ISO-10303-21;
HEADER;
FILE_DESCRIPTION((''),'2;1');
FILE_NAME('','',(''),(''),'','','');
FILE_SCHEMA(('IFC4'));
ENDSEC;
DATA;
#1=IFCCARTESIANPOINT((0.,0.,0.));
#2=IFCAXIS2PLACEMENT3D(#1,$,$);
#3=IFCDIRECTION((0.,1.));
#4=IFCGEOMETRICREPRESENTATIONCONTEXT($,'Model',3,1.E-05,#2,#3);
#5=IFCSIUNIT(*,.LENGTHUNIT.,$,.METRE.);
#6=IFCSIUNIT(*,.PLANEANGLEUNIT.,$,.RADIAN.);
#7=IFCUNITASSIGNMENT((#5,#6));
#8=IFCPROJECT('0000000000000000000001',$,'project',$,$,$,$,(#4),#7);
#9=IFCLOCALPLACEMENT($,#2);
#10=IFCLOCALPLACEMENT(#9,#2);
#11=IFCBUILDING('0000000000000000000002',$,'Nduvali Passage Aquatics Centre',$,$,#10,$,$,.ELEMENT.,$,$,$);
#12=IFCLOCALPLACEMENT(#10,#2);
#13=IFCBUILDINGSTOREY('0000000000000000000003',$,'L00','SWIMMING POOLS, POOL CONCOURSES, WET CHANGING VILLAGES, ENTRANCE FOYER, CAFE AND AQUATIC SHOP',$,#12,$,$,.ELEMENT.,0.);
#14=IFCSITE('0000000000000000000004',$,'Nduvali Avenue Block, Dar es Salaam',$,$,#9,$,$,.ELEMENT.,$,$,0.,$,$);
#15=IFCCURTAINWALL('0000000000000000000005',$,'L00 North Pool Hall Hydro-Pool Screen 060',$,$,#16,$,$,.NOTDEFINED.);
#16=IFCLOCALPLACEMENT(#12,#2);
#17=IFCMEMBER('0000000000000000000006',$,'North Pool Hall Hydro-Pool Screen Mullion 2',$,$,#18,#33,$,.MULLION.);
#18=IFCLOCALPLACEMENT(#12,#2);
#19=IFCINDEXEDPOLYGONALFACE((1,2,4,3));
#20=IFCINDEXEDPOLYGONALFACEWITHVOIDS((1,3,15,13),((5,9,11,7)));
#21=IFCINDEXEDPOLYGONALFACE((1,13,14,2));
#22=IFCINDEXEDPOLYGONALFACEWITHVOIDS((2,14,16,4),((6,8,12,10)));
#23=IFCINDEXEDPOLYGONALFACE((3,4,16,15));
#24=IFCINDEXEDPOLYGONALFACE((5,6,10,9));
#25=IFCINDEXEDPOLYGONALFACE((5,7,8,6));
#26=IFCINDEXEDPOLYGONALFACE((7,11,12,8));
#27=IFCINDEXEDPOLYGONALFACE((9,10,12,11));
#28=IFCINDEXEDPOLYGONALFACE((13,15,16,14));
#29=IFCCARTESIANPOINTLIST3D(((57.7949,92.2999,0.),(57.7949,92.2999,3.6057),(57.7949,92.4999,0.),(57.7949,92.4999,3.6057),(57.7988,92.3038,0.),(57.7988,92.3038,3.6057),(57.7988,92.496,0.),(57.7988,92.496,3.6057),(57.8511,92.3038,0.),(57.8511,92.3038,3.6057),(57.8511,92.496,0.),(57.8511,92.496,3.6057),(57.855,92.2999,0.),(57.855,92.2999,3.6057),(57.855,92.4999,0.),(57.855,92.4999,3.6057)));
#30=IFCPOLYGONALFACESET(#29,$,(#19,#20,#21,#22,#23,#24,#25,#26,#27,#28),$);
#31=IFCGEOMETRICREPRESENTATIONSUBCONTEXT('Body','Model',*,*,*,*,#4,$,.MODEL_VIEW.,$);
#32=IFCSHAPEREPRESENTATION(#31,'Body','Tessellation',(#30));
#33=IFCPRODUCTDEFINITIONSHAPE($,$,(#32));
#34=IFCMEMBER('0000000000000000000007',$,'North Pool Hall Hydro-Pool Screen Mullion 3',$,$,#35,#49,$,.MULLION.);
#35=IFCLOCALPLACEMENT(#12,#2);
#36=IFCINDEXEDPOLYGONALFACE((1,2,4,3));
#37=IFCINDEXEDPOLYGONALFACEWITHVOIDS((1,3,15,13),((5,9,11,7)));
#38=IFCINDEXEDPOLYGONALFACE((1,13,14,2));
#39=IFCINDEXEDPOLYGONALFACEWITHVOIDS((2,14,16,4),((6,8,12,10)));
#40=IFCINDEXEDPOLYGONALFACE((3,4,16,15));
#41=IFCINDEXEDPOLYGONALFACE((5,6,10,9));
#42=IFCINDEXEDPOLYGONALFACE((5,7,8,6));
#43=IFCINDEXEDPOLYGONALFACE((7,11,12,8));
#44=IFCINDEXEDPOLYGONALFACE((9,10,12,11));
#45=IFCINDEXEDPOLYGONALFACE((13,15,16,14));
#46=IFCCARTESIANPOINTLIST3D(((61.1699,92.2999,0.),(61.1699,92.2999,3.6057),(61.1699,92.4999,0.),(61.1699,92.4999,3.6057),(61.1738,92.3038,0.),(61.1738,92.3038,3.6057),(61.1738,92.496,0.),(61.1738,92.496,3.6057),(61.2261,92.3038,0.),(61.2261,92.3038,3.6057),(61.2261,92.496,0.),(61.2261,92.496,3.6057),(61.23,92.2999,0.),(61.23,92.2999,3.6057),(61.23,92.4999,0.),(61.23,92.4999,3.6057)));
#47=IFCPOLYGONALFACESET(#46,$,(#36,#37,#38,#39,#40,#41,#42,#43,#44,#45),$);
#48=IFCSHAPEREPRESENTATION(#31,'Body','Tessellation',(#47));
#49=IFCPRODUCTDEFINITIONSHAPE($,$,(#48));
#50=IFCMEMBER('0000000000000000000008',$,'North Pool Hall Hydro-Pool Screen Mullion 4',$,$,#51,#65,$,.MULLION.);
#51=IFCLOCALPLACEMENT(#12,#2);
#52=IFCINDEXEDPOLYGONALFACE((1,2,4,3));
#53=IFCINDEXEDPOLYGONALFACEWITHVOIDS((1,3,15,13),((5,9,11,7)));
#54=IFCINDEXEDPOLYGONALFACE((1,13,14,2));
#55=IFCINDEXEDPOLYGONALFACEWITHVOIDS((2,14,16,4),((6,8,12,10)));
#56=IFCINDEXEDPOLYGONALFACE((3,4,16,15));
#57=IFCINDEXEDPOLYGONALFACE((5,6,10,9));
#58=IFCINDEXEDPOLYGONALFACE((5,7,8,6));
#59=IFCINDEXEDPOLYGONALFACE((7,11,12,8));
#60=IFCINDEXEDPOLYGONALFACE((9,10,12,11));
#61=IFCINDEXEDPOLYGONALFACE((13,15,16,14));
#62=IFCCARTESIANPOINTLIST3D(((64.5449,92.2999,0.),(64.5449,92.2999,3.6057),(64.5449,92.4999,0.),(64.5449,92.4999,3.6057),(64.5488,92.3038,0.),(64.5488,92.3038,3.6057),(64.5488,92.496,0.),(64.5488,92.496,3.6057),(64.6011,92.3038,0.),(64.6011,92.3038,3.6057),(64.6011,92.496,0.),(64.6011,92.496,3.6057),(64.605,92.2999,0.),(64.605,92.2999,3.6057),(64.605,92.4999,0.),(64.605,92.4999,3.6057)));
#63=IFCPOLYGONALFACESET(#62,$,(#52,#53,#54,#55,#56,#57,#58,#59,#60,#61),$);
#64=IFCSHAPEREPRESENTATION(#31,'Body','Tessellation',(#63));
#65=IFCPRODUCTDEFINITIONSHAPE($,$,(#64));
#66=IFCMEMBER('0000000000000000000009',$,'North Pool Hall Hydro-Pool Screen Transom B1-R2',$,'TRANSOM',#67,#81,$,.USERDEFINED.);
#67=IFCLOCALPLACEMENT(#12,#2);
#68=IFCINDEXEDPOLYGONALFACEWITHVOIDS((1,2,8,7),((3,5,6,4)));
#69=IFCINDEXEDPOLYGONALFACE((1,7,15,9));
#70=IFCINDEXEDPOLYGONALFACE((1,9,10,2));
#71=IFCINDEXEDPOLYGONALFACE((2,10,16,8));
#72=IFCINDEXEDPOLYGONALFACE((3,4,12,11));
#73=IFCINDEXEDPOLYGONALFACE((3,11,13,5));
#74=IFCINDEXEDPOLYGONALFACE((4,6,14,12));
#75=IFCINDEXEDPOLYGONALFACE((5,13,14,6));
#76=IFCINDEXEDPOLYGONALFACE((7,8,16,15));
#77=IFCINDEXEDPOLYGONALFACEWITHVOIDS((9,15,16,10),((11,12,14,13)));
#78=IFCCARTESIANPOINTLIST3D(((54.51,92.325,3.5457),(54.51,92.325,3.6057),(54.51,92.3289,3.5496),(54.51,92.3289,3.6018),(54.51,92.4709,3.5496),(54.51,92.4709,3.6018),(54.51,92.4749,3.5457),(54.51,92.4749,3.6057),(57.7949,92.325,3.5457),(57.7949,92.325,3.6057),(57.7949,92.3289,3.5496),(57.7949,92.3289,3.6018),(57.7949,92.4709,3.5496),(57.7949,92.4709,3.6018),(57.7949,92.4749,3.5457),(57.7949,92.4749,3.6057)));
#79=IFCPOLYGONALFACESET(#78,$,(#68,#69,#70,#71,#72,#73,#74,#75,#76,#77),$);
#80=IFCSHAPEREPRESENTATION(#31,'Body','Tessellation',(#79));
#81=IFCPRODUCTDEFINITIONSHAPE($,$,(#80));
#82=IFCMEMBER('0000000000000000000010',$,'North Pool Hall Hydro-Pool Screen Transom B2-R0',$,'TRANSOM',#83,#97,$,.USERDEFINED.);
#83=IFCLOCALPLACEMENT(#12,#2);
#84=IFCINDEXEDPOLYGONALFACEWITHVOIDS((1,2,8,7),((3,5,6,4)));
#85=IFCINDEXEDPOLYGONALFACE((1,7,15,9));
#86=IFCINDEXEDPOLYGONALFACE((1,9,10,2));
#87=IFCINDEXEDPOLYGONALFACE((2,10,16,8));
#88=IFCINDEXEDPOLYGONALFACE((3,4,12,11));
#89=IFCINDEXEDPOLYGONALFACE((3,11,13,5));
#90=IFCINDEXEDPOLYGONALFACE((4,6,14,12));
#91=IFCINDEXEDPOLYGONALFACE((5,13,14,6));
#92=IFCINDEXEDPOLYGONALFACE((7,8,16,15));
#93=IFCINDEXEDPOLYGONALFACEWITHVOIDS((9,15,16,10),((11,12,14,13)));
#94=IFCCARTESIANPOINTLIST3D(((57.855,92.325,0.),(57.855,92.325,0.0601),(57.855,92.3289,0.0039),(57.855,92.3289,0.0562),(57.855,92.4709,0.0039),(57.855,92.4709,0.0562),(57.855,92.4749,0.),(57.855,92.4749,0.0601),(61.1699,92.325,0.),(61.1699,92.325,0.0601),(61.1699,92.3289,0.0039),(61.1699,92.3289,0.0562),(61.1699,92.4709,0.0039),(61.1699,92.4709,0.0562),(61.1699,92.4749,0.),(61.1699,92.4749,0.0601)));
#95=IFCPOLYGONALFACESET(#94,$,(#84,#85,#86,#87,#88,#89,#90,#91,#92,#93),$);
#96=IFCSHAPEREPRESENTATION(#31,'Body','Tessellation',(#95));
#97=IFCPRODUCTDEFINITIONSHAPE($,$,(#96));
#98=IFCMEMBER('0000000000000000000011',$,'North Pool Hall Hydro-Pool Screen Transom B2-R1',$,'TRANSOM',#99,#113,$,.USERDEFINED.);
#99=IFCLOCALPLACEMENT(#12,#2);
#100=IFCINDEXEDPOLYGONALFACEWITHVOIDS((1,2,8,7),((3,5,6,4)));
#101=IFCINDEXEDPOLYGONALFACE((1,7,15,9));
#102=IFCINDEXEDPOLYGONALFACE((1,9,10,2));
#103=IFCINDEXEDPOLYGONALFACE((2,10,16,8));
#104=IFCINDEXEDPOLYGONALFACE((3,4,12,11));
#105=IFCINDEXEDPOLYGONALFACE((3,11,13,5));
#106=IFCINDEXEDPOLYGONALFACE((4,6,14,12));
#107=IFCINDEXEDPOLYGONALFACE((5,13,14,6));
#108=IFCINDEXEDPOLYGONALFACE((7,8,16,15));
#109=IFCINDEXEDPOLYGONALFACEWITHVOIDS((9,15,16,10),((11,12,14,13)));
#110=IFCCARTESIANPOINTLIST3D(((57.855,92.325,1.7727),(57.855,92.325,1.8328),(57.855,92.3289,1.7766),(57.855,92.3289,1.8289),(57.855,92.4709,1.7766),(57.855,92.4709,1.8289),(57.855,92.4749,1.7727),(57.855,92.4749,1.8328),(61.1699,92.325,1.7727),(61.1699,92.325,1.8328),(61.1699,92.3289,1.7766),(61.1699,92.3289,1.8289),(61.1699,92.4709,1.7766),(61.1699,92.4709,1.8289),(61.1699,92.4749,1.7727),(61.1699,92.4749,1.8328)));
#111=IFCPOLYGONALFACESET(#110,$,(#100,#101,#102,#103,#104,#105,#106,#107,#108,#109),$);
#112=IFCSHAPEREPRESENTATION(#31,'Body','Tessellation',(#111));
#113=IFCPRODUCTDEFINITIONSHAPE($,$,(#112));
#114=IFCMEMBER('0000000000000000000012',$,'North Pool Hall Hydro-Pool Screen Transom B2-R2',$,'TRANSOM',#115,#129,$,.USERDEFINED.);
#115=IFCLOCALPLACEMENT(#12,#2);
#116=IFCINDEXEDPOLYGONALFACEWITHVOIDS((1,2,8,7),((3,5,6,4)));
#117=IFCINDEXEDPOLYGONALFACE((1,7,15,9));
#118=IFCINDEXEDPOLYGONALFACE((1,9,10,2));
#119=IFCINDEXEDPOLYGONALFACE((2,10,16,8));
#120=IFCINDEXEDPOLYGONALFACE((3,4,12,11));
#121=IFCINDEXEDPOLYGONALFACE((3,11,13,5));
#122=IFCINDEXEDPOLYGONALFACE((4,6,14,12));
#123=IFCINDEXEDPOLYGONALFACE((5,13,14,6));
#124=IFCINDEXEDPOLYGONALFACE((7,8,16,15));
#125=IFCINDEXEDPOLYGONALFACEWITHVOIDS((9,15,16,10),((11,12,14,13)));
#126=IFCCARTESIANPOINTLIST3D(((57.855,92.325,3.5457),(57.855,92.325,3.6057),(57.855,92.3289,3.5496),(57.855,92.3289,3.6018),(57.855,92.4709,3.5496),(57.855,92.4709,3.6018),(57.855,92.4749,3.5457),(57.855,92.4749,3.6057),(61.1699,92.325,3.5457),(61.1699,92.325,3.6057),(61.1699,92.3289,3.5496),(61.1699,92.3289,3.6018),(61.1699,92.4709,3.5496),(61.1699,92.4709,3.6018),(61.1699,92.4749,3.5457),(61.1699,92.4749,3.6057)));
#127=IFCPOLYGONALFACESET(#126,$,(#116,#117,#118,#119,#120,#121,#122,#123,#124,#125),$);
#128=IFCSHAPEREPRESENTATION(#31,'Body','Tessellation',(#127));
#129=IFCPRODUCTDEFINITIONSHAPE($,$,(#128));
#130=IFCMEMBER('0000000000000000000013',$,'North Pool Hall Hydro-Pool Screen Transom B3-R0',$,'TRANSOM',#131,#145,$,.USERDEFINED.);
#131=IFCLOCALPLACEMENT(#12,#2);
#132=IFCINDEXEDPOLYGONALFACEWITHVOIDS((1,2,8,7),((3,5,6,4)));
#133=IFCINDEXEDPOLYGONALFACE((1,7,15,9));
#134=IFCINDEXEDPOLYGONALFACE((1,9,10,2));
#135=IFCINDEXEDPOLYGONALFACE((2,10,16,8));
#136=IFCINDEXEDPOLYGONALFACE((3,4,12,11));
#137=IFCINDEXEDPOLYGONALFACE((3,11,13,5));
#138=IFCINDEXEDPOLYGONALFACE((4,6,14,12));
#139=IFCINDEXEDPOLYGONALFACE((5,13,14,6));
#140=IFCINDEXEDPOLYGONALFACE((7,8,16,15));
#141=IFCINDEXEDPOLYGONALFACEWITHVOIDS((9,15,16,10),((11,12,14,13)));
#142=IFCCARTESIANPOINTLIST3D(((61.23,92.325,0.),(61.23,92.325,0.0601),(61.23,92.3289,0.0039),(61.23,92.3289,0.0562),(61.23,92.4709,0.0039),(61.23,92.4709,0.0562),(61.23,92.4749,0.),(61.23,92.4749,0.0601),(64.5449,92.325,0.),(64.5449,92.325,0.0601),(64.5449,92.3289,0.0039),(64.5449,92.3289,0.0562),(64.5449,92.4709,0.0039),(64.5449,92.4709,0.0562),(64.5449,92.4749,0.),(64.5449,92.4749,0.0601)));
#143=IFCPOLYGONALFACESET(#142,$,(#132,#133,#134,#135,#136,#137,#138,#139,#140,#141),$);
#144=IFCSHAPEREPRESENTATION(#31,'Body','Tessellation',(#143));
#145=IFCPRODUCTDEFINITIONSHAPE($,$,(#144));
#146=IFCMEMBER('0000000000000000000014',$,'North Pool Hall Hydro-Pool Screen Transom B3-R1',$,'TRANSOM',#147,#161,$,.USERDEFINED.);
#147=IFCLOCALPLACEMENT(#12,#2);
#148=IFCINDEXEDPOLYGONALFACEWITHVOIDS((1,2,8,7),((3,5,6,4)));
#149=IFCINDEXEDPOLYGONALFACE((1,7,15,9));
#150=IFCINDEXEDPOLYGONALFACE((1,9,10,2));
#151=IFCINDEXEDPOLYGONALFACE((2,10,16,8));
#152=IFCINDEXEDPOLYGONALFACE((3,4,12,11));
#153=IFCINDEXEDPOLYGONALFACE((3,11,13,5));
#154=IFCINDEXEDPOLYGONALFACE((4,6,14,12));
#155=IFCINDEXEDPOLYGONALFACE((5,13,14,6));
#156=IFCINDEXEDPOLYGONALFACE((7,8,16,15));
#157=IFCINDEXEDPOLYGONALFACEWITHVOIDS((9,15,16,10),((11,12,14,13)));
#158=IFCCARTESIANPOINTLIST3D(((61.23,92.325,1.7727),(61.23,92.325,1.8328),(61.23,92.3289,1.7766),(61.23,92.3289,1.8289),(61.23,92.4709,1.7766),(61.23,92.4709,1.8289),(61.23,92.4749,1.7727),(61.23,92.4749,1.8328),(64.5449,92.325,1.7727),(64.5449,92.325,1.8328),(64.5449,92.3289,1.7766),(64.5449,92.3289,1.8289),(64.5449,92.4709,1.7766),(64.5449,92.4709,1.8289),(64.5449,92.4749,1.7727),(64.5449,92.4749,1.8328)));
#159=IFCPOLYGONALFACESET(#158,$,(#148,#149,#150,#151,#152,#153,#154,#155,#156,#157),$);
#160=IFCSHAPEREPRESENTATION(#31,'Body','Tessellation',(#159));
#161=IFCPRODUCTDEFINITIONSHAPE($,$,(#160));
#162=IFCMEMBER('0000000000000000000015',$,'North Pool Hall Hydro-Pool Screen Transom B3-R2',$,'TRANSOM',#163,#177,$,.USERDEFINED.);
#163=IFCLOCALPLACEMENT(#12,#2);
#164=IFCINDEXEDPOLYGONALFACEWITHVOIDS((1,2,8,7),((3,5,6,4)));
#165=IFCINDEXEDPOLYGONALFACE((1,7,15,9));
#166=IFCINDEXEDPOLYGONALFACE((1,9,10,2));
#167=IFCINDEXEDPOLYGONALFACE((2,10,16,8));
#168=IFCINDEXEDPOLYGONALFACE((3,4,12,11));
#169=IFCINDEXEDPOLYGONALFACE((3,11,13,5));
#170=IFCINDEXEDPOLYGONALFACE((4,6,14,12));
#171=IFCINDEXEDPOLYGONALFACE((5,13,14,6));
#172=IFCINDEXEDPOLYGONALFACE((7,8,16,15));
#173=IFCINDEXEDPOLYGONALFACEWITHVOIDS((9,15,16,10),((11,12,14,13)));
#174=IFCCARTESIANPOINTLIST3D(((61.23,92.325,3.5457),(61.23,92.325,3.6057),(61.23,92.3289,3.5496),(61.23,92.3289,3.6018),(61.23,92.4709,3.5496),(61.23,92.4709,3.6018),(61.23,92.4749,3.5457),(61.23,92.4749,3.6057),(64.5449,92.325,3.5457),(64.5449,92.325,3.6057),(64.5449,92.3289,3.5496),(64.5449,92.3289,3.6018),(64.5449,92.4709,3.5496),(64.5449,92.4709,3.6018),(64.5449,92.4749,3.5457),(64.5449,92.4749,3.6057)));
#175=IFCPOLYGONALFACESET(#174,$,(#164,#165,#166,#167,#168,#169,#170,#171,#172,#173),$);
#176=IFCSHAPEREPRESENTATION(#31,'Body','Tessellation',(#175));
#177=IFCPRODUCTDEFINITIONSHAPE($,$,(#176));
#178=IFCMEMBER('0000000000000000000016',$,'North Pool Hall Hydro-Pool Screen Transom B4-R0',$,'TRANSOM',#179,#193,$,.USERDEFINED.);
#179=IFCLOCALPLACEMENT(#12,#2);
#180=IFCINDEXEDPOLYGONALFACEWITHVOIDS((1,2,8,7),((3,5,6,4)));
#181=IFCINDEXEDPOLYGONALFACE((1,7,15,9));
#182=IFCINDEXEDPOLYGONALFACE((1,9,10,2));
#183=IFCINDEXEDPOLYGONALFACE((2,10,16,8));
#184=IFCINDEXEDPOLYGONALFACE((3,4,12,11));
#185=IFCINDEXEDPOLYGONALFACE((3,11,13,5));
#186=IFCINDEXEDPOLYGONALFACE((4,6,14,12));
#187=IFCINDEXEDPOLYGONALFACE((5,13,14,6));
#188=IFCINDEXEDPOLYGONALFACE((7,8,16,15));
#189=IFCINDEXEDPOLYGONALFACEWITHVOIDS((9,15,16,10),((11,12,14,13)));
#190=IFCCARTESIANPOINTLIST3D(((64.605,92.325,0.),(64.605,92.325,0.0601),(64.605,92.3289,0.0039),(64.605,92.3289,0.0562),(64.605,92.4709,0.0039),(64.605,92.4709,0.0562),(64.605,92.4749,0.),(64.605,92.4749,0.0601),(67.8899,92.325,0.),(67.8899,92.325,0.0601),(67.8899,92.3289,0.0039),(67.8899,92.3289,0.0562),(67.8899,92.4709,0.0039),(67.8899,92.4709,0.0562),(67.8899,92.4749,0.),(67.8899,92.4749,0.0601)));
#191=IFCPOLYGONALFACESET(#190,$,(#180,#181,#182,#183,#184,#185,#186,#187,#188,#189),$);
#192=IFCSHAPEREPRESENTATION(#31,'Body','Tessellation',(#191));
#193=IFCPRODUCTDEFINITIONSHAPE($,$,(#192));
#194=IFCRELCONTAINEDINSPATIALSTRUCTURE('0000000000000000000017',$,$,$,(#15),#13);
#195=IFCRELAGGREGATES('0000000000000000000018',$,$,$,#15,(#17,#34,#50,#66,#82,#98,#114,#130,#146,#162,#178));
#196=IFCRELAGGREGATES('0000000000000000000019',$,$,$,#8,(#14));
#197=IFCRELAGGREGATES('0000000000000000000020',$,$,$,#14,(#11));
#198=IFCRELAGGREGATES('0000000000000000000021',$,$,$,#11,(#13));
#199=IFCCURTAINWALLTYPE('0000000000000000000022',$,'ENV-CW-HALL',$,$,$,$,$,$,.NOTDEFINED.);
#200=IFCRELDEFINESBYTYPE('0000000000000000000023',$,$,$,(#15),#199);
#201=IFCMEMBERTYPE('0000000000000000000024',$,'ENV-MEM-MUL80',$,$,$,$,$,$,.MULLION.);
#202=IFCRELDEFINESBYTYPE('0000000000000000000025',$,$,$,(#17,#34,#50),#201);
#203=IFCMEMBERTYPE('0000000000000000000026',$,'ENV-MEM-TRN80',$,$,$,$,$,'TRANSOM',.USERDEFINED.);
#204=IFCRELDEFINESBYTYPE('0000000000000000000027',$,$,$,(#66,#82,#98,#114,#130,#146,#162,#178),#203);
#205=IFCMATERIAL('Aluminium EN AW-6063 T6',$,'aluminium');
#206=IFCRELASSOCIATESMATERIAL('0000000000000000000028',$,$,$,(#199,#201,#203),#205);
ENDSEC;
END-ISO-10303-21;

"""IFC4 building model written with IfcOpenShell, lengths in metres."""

from ifc_helpers import new_model, si_unit, direction, frame, origin, origin_2d, place, context, subcontext, project, spatial, hollow_rectangle, extrude, material, material_profile, profile_set, type_object, element, aggregate, save


model = new_model("IFC4")

# Units and contexts
model_context = context("Model", 3, precision=1e-05, world=origin(), true_north=direction((0.0, 1.0)))
body_context = subcontext(model_context, "Body", "Model", "MODEL_VIEW")
ifc_project = project(units=[si_unit("LENGTHUNIT", "METRE"), si_unit("PLANEANGLEUNIT", "RADIAN")], contexts=[model_context])

# Site, building, storey
site_placement = place(None, origin())
site = spatial("IfcSite", under=ifc_project, at=site_placement, Name="Nduvali Avenue Block, Dar es Salaam", CompositionType="ELEMENT", RefElevation=0.0)
building_placement = place(site_placement, origin())
building = spatial("IfcBuilding", under=site, at=building_placement, Name="Nduvali Passage Aquatics Centre", CompositionType="ELEMENT")
storey_placement = place(building_placement, origin())
storey = spatial("IfcBuildingStorey", under=building, at=storey_placement, Name="L00", Description="SWIMMING POOLS, POOL CONCOURSES, WET CHANGING VILLAGES, ENTRANCE FOYER, CAFE AND AQUATIC SHOP", CompositionType="ELEMENT", Elevation=0.0)

# Curtain wall, members
ifc_material_1 = material(Name="Aluminium EN AW-6063 T6", Category="aluminium")
curtain_wall_type = type_object("IfcCurtainWallType", Name="ENV-CW-HALL", PredefinedType="NOTDEFINED", material=ifc_material_1)
curtain_wall_placement = place(storey_placement, origin())
curtain_wall = element("IfcCurtainWall", 1, at=curtain_wall_placement, inside=storey, type_object=curtain_wall_type, Name="L00 North Pool Hall Hydro-Pool Screen 060", PredefinedType="NOTDEFINED")
ifc_material_profile_1 = material_profile(ifc_material_1, hollow_rectangle(XDim=0.0601, YDim=0.2, WallThickness=0.0039, at=origin_2d()), Name="ALU MULLION 60x200x4")
ifc_profile_set_1 = profile_set([ifc_material_profile_1], Name="Aluminium EN AW-6063 T6")
member_type_1 = type_object("IfcMemberType", Name="ENV-MEM-MUL80", PredefinedType="MULLION", material=ifc_profile_set_1)
member_1_placement = place(storey_placement, frame((57.825, 92.3999, 0.0), z_axis=(0.0, 0.0, 1.0), x_axis=(1.0, 0.0, 0.0)))
member_1 = element("IfcMember", 2, at=member_1_placement, type_object=member_type_1, Name="North Pool Hall Hydro-Pool Screen Mullion 2", PredefinedType="MULLION", context=body_context, shape_type="SweptSolid", body=[
    extrude(hollow_rectangle(XDim=0.0601, YDim=0.2, WallThickness=0.0039, at=origin_2d()), origin(), (0.0, 0.0, 1.0), 3.6057),
])
member_2_placement = place(storey_placement, frame((61.2, 92.3999, 0.0), z_axis=(0.0, 0.0, 1.0), x_axis=(1.0, 0.0, 0.0)))
member_2 = element("IfcMember", 3, at=member_2_placement, type_object=member_type_1, Name="North Pool Hall Hydro-Pool Screen Mullion 3", PredefinedType="MULLION", context=body_context, shape_type="SweptSolid", body=[
    extrude(hollow_rectangle(XDim=0.0601, YDim=0.2, WallThickness=0.0039, at=origin_2d()), origin(), (0.0, 0.0, 1.0), 3.6057),
])
member_3_placement = place(storey_placement, frame((64.575, 92.3999, 0.0), z_axis=(0.0, 0.0, 1.0), x_axis=(1.0, 0.0, 0.0)))
member_3 = element("IfcMember", 4, at=member_3_placement, type_object=member_type_1, Name="North Pool Hall Hydro-Pool Screen Mullion 4", PredefinedType="MULLION", context=body_context, shape_type="SweptSolid", body=[
    extrude(hollow_rectangle(XDim=0.0601, YDim=0.2, WallThickness=0.0039, at=origin_2d()), origin(), (0.0, 0.0, 1.0), 3.6057),
])
ifc_material_profile_2 = material_profile(ifc_material_1, hollow_rectangle(XDim=0.1499, YDim=0.0601, WallThickness=0.0039, at=origin_2d()), Name="ALU TRANSOM 150x60x4")
ifc_profile_set_2 = profile_set([ifc_material_profile_2], Name="Aluminium EN AW-6063 T6")
member_type_2 = type_object("IfcMemberType", Name="ENV-MEM-TRN80", ElementType="TRANSOM", PredefinedType="USERDEFINED", material=ifc_profile_set_2)
member_4_placement = place(storey_placement, frame((54.51, 92.3999, 3.5757), z_axis=(1.0, 0.0, 0.0), x_axis=(0.0, 1.0, 0.0)))
member_4 = element("IfcMember", 5, at=member_4_placement, type_object=member_type_2, Name="North Pool Hall Hydro-Pool Screen Transom B1-R2", ObjectType="TRANSOM", PredefinedType="USERDEFINED", context=body_context, shape_type="SweptSolid", body=[
    extrude(hollow_rectangle(XDim=0.1499, YDim=0.0601, WallThickness=0.0039, at=origin_2d()), origin(), (0.0, 0.0, 1.0), 3.2849),
])
member_5_placement = place(storey_placement, frame((57.855, 92.3999, 0.03), z_axis=(1.0, 0.0, 0.0), x_axis=(0.0, 1.0, 0.0)))
member_5 = element("IfcMember", 6, at=member_5_placement, type_object=member_type_2, Name="North Pool Hall Hydro-Pool Screen Transom B2-R0", ObjectType="TRANSOM", PredefinedType="USERDEFINED", context=body_context, shape_type="SweptSolid", body=[
    extrude(hollow_rectangle(XDim=0.1499, YDim=0.0601, WallThickness=0.0039, at=origin_2d()), origin(), (0.0, 0.0, 1.0), 3.3149),
])
member_6_placement = place(storey_placement, frame((57.855, 92.3999, 1.8027), z_axis=(1.0, 0.0, 0.0), x_axis=(0.0, 1.0, 0.0)))
member_6 = element("IfcMember", 7, at=member_6_placement, type_object=member_type_2, Name="North Pool Hall Hydro-Pool Screen Transom B2-R1", ObjectType="TRANSOM", PredefinedType="USERDEFINED", context=body_context, shape_type="SweptSolid", body=[
    extrude(hollow_rectangle(XDim=0.1499, YDim=0.0601, WallThickness=0.0039, at=origin_2d()), origin(), (0.0, 0.0, 1.0), 3.3149),
])
member_7_placement = place(storey_placement, frame((57.855, 92.3999, 3.5757), z_axis=(1.0, 0.0, 0.0), x_axis=(0.0, 1.0, 0.0)))
member_7 = element("IfcMember", 8, at=member_7_placement, type_object=member_type_2, Name="North Pool Hall Hydro-Pool Screen Transom B2-R2", ObjectType="TRANSOM", PredefinedType="USERDEFINED", context=body_context, shape_type="SweptSolid", body=[
    extrude(hollow_rectangle(XDim=0.1499, YDim=0.0601, WallThickness=0.0039, at=origin_2d()), origin(), (0.0, 0.0, 1.0), 3.3149),
])
member_8_placement = place(storey_placement, frame((61.23, 92.3999, 0.03), z_axis=(1.0, 0.0, 0.0), x_axis=(0.0, 1.0, 0.0)))
member_8 = element("IfcMember", 9, at=member_8_placement, type_object=member_type_2, Name="North Pool Hall Hydro-Pool Screen Transom B3-R0", ObjectType="TRANSOM", PredefinedType="USERDEFINED", context=body_context, shape_type="SweptSolid", body=[
    extrude(hollow_rectangle(XDim=0.1499, YDim=0.0601, WallThickness=0.0039, at=origin_2d()), origin(), (0.0, 0.0, 1.0), 3.3149),
])
member_9_placement = place(storey_placement, frame((61.23, 92.3999, 1.8027), z_axis=(1.0, 0.0, 0.0), x_axis=(0.0, 1.0, 0.0)))
member_9 = element("IfcMember", 10, at=member_9_placement, type_object=member_type_2, Name="North Pool Hall Hydro-Pool Screen Transom B3-R1", ObjectType="TRANSOM", PredefinedType="USERDEFINED", context=body_context, shape_type="SweptSolid", body=[
    extrude(hollow_rectangle(XDim=0.1499, YDim=0.0601, WallThickness=0.0039, at=origin_2d()), origin(), (0.0, 0.0, 1.0), 3.3149),
])
member_10_placement = place(storey_placement, frame((61.23, 92.3999, 3.5757), z_axis=(1.0, 0.0, 0.0), x_axis=(0.0, 1.0, 0.0)))
member_10 = element("IfcMember", 11, at=member_10_placement, type_object=member_type_2, Name="North Pool Hall Hydro-Pool Screen Transom B3-R2", ObjectType="TRANSOM", PredefinedType="USERDEFINED", context=body_context, shape_type="SweptSolid", body=[
    extrude(hollow_rectangle(XDim=0.1499, YDim=0.0601, WallThickness=0.0039, at=origin_2d()), origin(), (0.0, 0.0, 1.0), 3.3149),
])
member_11_placement = place(storey_placement, frame((64.605, 92.3999, 0.03), z_axis=(1.0, 0.0, 0.0), x_axis=(0.0, 1.0, 0.0)))
member_11 = element("IfcMember", 12, at=member_11_placement, type_object=member_type_2, Name="North Pool Hall Hydro-Pool Screen Transom B4-R0", ObjectType="TRANSOM", PredefinedType="USERDEFINED", context=body_context, shape_type="SweptSolid", body=[
    extrude(hollow_rectangle(XDim=0.1499, YDim=0.0601, WallThickness=0.0039, at=origin_2d()), origin(), (0.0, 0.0, 1.0), 3.2849),
])

aggregate(curtain_wall, [member_1, member_2, member_3, member_4, member_5, member_6, member_7, member_8, member_9, member_10, member_11])

save(model, "model.ifc")
